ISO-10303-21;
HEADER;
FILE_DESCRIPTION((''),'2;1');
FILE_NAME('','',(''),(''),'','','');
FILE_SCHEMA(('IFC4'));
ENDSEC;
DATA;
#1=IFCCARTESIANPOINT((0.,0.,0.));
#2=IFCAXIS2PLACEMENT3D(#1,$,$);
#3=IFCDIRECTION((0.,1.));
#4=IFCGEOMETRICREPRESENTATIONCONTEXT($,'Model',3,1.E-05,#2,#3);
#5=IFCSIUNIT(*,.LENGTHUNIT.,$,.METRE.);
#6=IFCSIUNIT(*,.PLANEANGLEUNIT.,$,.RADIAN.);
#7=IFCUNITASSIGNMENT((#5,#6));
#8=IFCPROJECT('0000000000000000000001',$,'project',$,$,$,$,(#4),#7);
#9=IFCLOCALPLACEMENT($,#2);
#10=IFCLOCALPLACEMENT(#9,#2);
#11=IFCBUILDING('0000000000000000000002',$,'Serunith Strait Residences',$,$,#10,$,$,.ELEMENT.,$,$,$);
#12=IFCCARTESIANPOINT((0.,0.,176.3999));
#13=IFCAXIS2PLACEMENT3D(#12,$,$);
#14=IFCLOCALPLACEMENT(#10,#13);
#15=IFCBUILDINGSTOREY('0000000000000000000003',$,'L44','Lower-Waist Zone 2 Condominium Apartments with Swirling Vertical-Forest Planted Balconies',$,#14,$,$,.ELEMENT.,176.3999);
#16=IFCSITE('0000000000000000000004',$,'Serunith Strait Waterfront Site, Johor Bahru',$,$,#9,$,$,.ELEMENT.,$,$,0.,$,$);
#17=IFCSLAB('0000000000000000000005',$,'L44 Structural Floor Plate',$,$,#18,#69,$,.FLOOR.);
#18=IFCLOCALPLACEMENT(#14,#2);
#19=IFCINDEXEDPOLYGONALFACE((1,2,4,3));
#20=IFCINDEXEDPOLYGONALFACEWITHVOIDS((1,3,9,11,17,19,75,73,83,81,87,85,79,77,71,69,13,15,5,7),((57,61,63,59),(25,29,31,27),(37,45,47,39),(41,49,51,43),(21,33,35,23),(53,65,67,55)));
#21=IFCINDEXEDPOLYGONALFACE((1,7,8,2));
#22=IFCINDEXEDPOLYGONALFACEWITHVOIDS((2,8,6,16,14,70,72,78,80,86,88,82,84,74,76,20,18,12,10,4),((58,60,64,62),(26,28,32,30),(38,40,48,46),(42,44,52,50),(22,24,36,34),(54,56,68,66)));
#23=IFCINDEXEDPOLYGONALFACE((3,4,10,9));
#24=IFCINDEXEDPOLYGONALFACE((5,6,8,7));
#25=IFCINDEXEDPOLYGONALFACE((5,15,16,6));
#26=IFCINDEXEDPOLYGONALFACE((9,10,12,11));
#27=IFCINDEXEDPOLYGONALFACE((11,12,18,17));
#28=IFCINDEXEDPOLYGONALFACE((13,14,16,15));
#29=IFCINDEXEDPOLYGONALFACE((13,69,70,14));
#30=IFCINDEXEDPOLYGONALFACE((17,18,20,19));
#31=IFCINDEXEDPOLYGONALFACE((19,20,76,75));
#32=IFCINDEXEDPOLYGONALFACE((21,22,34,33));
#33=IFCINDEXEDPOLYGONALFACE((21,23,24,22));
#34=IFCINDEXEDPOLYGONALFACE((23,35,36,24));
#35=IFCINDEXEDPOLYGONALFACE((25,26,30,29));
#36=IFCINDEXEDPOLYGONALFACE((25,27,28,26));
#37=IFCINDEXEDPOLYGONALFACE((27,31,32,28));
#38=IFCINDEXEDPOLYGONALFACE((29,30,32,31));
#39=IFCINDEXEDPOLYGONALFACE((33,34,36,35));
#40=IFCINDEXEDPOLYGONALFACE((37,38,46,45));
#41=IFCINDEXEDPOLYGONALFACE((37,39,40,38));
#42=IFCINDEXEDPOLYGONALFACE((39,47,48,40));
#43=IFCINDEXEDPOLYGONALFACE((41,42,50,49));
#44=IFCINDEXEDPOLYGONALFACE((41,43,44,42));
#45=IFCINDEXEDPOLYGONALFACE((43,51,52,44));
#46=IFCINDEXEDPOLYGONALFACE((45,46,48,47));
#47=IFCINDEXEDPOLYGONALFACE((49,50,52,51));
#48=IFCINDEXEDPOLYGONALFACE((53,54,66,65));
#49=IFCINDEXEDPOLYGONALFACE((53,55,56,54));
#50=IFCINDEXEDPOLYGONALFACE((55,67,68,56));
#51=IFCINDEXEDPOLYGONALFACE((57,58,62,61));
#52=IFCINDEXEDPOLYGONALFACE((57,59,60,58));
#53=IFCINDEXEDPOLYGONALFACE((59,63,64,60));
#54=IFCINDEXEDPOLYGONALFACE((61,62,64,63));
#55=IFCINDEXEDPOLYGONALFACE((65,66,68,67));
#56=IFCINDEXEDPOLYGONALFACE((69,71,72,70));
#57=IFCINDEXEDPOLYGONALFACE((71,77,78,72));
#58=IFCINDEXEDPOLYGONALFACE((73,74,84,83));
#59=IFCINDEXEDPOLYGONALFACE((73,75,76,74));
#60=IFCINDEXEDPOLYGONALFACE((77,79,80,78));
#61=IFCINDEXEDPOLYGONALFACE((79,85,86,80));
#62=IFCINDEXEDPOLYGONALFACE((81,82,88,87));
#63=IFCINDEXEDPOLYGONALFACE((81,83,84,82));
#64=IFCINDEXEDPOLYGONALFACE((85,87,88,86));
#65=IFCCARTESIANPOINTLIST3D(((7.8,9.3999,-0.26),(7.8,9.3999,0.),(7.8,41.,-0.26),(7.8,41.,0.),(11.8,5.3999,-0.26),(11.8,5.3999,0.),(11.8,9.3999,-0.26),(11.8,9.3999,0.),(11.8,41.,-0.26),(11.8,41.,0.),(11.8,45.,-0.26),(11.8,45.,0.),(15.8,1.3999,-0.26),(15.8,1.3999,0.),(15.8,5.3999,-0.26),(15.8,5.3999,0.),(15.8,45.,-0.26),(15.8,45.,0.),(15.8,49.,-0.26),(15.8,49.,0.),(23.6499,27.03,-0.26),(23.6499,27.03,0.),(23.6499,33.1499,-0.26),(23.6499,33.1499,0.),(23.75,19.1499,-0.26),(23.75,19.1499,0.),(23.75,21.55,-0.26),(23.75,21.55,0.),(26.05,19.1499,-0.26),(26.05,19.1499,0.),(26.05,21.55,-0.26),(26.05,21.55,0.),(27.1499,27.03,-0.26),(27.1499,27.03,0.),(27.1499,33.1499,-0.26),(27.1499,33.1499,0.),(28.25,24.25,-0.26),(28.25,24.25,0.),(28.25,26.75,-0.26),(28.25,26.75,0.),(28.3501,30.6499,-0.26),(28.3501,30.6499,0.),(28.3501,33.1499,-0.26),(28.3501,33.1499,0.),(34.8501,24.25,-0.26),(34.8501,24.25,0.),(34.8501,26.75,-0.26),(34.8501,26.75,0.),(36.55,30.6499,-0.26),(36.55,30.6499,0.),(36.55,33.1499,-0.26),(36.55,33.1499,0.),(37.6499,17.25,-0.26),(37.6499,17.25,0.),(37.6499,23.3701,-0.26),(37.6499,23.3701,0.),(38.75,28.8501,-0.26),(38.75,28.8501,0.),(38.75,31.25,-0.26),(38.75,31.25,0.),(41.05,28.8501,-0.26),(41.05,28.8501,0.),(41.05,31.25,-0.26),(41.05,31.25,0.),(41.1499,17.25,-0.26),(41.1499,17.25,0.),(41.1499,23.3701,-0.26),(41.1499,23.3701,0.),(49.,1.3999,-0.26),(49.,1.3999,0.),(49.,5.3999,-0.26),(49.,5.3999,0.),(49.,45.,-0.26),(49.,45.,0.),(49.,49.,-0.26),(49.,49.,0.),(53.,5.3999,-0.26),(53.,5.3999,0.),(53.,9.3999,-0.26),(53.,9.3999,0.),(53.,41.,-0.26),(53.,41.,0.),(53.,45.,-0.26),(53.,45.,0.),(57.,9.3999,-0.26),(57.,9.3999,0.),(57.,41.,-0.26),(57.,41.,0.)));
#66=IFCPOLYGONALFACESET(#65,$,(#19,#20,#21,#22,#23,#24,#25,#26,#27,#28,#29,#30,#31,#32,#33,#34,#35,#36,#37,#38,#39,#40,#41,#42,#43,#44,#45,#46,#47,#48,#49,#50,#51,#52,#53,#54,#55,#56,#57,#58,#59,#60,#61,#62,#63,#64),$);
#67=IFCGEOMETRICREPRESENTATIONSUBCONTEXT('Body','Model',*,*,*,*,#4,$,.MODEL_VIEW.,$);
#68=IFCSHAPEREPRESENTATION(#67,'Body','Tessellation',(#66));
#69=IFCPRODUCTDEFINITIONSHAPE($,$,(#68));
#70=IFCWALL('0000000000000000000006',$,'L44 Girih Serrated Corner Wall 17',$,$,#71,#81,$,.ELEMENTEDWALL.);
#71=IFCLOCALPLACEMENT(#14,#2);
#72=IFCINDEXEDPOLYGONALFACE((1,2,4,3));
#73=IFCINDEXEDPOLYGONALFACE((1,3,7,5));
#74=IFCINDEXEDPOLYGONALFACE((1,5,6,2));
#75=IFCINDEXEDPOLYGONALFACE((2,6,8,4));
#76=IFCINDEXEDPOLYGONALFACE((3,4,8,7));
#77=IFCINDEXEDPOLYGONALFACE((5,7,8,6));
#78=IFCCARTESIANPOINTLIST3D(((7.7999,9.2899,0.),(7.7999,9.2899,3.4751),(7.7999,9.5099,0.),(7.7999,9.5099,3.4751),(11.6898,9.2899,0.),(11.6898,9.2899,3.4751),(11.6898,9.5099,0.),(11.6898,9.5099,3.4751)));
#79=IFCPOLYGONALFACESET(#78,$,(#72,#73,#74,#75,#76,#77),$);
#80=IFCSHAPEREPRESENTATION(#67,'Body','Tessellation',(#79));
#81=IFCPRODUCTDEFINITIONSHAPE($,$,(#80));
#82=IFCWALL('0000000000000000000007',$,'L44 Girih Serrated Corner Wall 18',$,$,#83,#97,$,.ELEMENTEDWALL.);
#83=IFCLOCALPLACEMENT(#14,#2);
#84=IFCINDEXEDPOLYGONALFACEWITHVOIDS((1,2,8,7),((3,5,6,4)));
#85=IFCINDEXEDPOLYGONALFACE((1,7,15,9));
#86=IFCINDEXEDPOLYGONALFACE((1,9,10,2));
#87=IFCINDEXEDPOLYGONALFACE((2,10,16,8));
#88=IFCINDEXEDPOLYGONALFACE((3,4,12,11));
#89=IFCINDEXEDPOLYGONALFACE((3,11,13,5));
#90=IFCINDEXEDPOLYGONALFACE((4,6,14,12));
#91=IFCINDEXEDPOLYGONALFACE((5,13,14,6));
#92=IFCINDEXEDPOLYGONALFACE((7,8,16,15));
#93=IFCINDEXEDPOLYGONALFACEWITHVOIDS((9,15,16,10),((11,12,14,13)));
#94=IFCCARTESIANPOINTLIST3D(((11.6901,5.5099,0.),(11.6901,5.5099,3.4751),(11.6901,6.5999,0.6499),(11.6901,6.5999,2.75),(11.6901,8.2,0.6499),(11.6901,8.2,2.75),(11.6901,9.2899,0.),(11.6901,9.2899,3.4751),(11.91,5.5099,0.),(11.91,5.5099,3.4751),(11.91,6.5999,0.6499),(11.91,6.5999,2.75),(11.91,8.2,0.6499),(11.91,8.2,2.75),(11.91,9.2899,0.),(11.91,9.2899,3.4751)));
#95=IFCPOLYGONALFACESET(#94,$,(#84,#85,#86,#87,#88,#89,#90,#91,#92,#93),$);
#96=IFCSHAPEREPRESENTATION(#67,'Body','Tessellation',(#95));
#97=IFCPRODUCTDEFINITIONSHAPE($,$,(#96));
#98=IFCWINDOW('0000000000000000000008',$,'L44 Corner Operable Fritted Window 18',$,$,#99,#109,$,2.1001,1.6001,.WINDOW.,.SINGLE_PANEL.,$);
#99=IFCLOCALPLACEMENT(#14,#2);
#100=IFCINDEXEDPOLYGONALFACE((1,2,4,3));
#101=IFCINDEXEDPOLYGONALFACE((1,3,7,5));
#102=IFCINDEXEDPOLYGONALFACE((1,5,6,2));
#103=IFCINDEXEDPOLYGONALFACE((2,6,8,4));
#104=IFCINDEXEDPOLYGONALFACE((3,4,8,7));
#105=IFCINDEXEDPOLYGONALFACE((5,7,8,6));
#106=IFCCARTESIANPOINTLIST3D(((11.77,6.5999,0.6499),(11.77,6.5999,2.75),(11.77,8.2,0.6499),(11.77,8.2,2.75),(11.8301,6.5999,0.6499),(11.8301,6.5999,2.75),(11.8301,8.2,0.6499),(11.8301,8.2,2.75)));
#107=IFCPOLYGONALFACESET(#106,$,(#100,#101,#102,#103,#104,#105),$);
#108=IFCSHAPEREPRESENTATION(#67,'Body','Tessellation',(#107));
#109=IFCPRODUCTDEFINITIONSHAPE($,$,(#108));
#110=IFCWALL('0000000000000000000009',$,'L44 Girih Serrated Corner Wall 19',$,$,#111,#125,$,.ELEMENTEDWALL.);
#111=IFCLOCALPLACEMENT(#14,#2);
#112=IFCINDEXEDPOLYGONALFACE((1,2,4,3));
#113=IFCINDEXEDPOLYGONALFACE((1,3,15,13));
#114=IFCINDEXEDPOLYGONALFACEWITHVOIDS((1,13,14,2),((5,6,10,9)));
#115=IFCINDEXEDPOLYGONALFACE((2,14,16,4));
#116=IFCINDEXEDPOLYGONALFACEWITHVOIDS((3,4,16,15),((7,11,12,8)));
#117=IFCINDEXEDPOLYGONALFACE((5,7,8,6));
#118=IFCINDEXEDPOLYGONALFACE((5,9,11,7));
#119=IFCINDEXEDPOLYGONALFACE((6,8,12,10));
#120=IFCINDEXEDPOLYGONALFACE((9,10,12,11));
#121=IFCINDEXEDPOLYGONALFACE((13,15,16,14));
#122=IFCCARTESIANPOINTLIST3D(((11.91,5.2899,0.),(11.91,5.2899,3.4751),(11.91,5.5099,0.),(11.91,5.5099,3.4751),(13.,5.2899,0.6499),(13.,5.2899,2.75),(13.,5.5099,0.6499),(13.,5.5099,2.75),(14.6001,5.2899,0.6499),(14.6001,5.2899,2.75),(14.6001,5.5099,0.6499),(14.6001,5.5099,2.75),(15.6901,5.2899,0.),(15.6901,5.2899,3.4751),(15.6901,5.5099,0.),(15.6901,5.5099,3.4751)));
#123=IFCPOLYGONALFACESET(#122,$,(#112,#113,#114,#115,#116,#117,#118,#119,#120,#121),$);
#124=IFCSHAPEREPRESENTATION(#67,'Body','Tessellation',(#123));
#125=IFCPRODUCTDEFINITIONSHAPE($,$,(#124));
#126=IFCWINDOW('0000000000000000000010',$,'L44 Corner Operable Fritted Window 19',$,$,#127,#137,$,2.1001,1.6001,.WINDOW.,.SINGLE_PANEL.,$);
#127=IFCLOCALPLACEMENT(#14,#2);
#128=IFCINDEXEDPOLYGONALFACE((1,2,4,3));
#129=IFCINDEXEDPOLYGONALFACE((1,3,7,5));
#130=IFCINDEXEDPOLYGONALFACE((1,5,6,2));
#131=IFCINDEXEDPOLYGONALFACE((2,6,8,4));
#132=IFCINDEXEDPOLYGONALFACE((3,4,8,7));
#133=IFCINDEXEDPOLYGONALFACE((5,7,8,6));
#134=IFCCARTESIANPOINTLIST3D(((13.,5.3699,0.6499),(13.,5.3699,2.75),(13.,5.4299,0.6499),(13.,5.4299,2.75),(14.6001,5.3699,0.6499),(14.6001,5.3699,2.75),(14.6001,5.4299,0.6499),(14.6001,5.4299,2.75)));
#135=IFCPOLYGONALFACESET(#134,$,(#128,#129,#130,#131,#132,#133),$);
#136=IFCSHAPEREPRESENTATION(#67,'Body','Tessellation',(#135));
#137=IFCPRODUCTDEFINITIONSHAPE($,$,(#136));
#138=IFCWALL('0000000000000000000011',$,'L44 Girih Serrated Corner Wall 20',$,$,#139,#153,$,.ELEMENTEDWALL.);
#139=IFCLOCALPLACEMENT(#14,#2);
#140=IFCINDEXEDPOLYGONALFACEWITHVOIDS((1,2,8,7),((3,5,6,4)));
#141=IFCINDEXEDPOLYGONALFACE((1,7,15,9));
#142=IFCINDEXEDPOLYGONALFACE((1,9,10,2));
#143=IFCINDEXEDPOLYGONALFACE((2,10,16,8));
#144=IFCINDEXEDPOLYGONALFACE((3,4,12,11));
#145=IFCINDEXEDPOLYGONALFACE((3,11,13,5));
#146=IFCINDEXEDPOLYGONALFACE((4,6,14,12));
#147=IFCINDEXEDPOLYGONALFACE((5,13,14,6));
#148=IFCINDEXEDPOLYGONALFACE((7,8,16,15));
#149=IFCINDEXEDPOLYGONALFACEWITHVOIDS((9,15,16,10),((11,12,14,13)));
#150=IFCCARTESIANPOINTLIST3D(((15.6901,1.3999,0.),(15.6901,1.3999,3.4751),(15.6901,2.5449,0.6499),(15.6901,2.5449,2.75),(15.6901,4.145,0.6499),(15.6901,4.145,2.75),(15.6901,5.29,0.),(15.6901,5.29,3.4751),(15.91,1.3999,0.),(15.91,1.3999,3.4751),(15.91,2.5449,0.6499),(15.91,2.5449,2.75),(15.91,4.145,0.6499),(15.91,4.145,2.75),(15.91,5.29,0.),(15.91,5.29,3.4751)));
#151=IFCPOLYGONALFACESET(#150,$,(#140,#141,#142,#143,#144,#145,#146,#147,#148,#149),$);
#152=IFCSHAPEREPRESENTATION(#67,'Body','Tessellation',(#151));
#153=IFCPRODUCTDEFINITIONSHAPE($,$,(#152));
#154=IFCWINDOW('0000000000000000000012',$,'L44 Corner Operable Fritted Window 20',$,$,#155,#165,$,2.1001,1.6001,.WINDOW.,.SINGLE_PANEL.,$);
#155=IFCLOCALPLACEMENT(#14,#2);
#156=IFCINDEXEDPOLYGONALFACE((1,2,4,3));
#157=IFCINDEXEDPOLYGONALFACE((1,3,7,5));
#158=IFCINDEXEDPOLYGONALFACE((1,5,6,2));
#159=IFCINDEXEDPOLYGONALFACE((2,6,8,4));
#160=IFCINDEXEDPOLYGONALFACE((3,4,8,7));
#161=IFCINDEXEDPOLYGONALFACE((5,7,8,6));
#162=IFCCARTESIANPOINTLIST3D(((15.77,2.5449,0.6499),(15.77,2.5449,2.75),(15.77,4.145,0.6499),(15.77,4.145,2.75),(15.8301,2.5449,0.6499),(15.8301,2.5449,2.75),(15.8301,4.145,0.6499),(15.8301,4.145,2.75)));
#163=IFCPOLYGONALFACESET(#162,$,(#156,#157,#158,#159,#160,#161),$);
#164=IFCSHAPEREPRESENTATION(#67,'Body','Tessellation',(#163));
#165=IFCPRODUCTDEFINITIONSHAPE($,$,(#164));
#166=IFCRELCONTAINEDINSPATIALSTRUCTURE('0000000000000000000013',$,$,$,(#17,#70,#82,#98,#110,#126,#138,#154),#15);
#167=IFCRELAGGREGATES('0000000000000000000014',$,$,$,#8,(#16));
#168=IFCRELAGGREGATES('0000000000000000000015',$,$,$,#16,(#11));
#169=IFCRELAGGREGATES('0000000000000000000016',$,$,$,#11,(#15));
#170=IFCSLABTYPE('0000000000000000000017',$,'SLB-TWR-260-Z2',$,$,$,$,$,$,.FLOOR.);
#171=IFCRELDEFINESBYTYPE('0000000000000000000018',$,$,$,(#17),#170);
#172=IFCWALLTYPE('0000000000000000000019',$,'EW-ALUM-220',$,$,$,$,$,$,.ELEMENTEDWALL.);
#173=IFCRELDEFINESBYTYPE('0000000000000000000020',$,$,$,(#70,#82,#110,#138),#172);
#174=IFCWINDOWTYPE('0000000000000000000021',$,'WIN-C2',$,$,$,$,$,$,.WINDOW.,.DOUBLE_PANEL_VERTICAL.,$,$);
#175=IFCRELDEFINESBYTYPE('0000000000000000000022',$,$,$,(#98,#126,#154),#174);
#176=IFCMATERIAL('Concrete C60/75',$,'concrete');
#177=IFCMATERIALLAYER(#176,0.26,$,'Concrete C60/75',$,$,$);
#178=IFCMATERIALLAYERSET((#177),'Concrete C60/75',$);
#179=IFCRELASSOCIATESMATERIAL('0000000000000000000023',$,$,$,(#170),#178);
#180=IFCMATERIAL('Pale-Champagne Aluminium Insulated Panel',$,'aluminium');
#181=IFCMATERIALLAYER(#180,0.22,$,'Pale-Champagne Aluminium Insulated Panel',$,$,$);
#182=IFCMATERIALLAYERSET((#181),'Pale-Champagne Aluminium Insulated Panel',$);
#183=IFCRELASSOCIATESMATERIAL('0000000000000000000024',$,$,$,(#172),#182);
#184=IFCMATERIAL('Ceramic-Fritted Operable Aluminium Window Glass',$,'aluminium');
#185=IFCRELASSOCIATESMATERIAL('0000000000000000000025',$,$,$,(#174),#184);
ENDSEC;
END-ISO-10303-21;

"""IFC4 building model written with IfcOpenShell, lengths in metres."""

from ifc_helpers import new_model, si_unit, direction, frame, frame_2d, origin, place, context, subcontext, project, spatial, polyline, rectangle, outline, extrude, source, transform, mapped, material, layer, layer_set, type_object, element, fill, save


model = new_model("IFC4")

# Units and contexts
model_context = context("Model", 3, precision=1e-05, world=origin(), true_north=direction((0.0, 1.0)))
body_context = subcontext(model_context, "Body", "Model", "MODEL_VIEW")
ifc_project = project(units=[si_unit("LENGTHUNIT", "METRE"), si_unit("PLANEANGLEUNIT", "RADIAN")], contexts=[model_context])

# Site, building, storey
site_placement = place(None, origin())
site = spatial("IfcSite", under=ifc_project, at=site_placement, Name="Serunith Strait Waterfront Site, Johor Bahru", CompositionType="ELEMENT", RefElevation=0.0)
building_placement = place(site_placement, origin())
building = spatial("IfcBuilding", under=site, at=building_placement, Name="Serunith Strait Residences", CompositionType="ELEMENT")
storey_placement = place(building_placement, frame((0.0, 0.0, 176.3999)))
storey = spatial("IfcBuildingStorey", under=building, at=storey_placement, Name="L44", Description="Lower-Waist Zone 2 Condominium Apartments with Swirling Vertical-Forest Planted Balconies", CompositionType="ELEMENT", Elevation=176.3999)

# Slab
ifc_material_1 = material(Name="Concrete C60/75", Category="concrete")
ifc_layer_1 = layer(ifc_material_1, 0.26, Name="Concrete C60/75")
ifc_layer_set_1 = layer_set([ifc_layer_1], Name="Concrete C60/75")
slab_type_1 = type_object("IfcSlabType", Name="SLB-TWR-260-Z2", PredefinedType="FLOOR", material=ifc_layer_set_1)
slab_1_placement = place(storey_placement, frame((0.0, 0.0, -0.26)))
element("IfcSlab", 1, at=slab_1_placement, inside=storey, type_object=slab_type_1, Name="L44 Structural Floor Plate", PredefinedType="FLOOR", context=body_context, shape_type="SweptSolid", body=[
    extrude(outline(polyline([(15.8, 5.3999), (11.8, 5.3999), (11.8, 9.3999), (7.8, 9.3999), (7.8, 41.0), (11.8, 41.0), (11.8, 45.0), (15.8, 45.0), (15.8, 49.0), (49.0, 49.0), (49.0, 45.0), (53.0, 45.0), (53.0, 41.0), (57.0, 41.0), (57.0, 9.3999), (53.0, 9.3999), (53.0, 5.3999), (49.0, 5.3999), (49.0, 1.3999), (15.8, 1.3999), (15.8, 5.3999)]), holes=[polyline([(41.1499, 23.3701), (37.6499, 23.3701), (37.6499, 17.25), (41.1499, 17.25), (41.1499, 23.3701)]), polyline([(38.75, 31.25), (38.75, 28.8501), (41.05, 28.8501), (41.05, 31.25), (38.75, 31.25)]), polyline([(36.55, 33.1499), (28.3501, 33.1499), (28.3501, 30.6499), (36.55, 30.6499), (36.55, 33.1499)]), polyline([(34.8501, 26.75), (28.25, 26.75), (28.25, 24.25), (34.8501, 24.25), (34.8501, 26.75)]), polyline([(23.6499, 33.1499), (23.6499, 27.03), (27.1499, 27.03), (27.1499, 33.1499), (23.6499, 33.1499)]), polyline([(26.05, 21.55), (23.75, 21.55), (23.75, 19.1499), (26.05, 19.1499), (26.05, 21.55)])]), origin(), (0.0, 0.0, 1.0), 0.26),
])

# Wall
ifc_material_2 = material(Name="Pale-Champagne Aluminium Insulated Panel", Category="aluminium")
ifc_layer_2 = layer(ifc_material_2, 0.22, Name="Pale-Champagne Aluminium Insulated Panel")
ifc_layer_set_2 = layer_set([ifc_layer_2], Name="Pale-Champagne Aluminium Insulated Panel")
wall_type_1 = type_object("IfcWallType", Name="EW-ALUM-220", PredefinedType="ELEMENTEDWALL", material=ifc_layer_set_2)
wall_1_placement = place(storey_placement, frame((7.8, 9.3999, 0.0), z_axis=(0.0, 0.0, 1.0), x_axis=(1.0, 0.0, 0.0)))
element("IfcWall", 2, at=wall_1_placement, inside=storey, type_object=wall_type_1, Name="L44 Girih Serrated Corner Wall 17", PredefinedType="ELEMENTEDWALL", context=body_context, shape_type="SweptSolid", body=[
    extrude(rectangle(XDim=3.8899, YDim=0.22, at=frame_2d((1.9448, 0.0))), origin(), (0.0, 0.0, 1.0), 3.4751),
])

# Walls, openings, windows
wall_2_placement = place(storey_placement, frame((11.8, 9.29, 0.0), z_axis=(0.0, 0.0, 1.0), x_axis=(0.0, -1.0, 0.0)))
wall_2 = element("IfcWall", 3, at=wall_2_placement, inside=storey, type_object=wall_type_1, Name="L44 Girih Serrated Corner Wall 18", PredefinedType="ELEMENTEDWALL", context=body_context, shape_type="SweptSolid", body=[
    extrude(rectangle(XDim=3.78, YDim=0.22, at=frame_2d((1.8901, 0.0))), origin(), (0.0, 0.0, 1.0), 3.4751),
])
opening_1_placement = place(wall_2_placement, frame((1.0901, 0.0, 0.6499)))
opening_1 = element("IfcOpeningElement", 4, at=opening_1_placement, cuts=wall_2, PredefinedType="OPENING", context=body_context, shape_type="SweptSolid", body=[
    extrude(rectangle(XDim=1.6001, YDim=2.1001, at=frame_2d((0.8, 1.05))), frame((0.0, 0.1201, 0.0), z_axis=(0.0, -1.0, 0.0), x_axis=(1.0, 0.0, 0.0)), (0.0, 0.0, 1.0), 0.24),
])
ifc_material_3 = material(Name="Ceramic-Fritted Operable Aluminium Window Glass", Category="aluminium")
window_type = type_object("IfcWindowType", Name="WIN-C2", PartitioningType="DOUBLE_PANEL_VERTICAL", PredefinedType="WINDOW", material=ifc_material_3)
shared_shape_1 = source(origin(), body_context, "Body", "SweptSolid", [
    extrude(rectangle(XDim=1.6001, YDim=2.1001, at=frame_2d((0.8, 1.05))), frame((0.0, 0.03, 0.0), z_axis=(0.0, -1.0, 0.0), x_axis=(1.0, 0.0, 0.0)), (0.0, 0.0, 1.0), 0.0601),
])
window_1_placement = place(opening_1_placement, origin())
window_1 = element("IfcWindow", 5, at=window_1_placement, inside=storey, type_object=window_type, Name="L44 Corner Operable Fritted Window 18", OverallHeight=2.1001, OverallWidth=1.6001, PartitioningType="SINGLE_PANEL", PredefinedType="WINDOW", context=body_context, shape_type="MappedRepresentation", body=[
    mapped(shared_shape_1, transform((0.0, 0.0, 0.0), scale=1.0)),
])
fill(opening_1, window_1)
wall_3_placement = place(storey_placement, frame((11.9099, 5.3999, 0.0), z_axis=(0.0, 0.0, 1.0), x_axis=(1.0, 0.0, 0.0)))
wall_3 = element("IfcWall", 6, at=wall_3_placement, inside=storey, type_object=wall_type_1, Name="L44 Girih Serrated Corner Wall 19", PredefinedType="ELEMENTEDWALL", context=body_context, shape_type="SweptSolid", body=[
    extrude(rectangle(XDim=3.78, YDim=0.22, at=frame_2d((1.8901, 0.0))), origin(), (0.0, 0.0, 1.0), 3.4751),
])
opening_2_placement = place(wall_3_placement, frame((1.0901, 0.0, 0.6499)))
opening_2 = element("IfcOpeningElement", 7, at=opening_2_placement, cuts=wall_3, PredefinedType="OPENING", context=body_context, shape_type="SweptSolid", body=[
    extrude(rectangle(XDim=1.6001, YDim=2.1001, at=frame_2d((0.8, 1.05))), frame((0.0, 0.1201, 0.0), z_axis=(0.0, -1.0, 0.0), x_axis=(1.0, 0.0, 0.0)), (0.0, 0.0, 1.0), 0.24),
])
window_2_placement = place(opening_2_placement, origin())
window_2 = element("IfcWindow", 8, at=window_2_placement, inside=storey, type_object=window_type, Name="L44 Corner Operable Fritted Window 19", OverallHeight=2.1001, OverallWidth=1.6001, PartitioningType="SINGLE_PANEL", PredefinedType="WINDOW", context=body_context, shape_type="MappedRepresentation", body=[
    mapped(shared_shape_1, transform((0.0, 0.0, 0.0), scale=1.0)),
])
fill(opening_2, window_2)
wall_4_placement = place(storey_placement, frame((15.8, 5.29, 0.0), z_axis=(0.0, 0.0, 1.0), x_axis=(0.0, -1.0, 0.0)))
wall_4 = element("IfcWall", 9, at=wall_4_placement, inside=storey, type_object=wall_type_1, Name="L44 Girih Serrated Corner Wall 20", PredefinedType="ELEMENTEDWALL", context=body_context, shape_type="SweptSolid", body=[
    extrude(rectangle(XDim=3.8901, YDim=0.22, at=frame_2d((1.9451, 0.0))), origin(), (0.0, 0.0, 1.0), 3.4751),
])
opening_3_placement = place(wall_4_placement, frame((1.145, 0.0, 0.6499)))
opening_3 = element("IfcOpeningElement", 10, at=opening_3_placement, cuts=wall_4, PredefinedType="OPENING", context=body_context, shape_type="SweptSolid", body=[
    extrude(rectangle(XDim=1.6001, YDim=2.1001, at=frame_2d((0.8, 1.05))), frame((0.0, 0.1201, 0.0), z_axis=(0.0, -1.0, 0.0), x_axis=(1.0, 0.0, 0.0)), (0.0, 0.0, 1.0), 0.24),
])
window_3_placement = place(opening_3_placement, origin())
window_3 = element("IfcWindow", 11, at=window_3_placement, inside=storey, type_object=window_type, Name="L44 Corner Operable Fritted Window 20", OverallHeight=2.1001, OverallWidth=1.6001, PartitioningType="SINGLE_PANEL", PredefinedType="WINDOW", context=body_context, shape_type="MappedRepresentation", body=[
    mapped(shared_shape_1, transform((0.0, 0.0, 0.0), scale=1.0)),
])
fill(opening_3, window_3)

save(model, "model.ifc")
